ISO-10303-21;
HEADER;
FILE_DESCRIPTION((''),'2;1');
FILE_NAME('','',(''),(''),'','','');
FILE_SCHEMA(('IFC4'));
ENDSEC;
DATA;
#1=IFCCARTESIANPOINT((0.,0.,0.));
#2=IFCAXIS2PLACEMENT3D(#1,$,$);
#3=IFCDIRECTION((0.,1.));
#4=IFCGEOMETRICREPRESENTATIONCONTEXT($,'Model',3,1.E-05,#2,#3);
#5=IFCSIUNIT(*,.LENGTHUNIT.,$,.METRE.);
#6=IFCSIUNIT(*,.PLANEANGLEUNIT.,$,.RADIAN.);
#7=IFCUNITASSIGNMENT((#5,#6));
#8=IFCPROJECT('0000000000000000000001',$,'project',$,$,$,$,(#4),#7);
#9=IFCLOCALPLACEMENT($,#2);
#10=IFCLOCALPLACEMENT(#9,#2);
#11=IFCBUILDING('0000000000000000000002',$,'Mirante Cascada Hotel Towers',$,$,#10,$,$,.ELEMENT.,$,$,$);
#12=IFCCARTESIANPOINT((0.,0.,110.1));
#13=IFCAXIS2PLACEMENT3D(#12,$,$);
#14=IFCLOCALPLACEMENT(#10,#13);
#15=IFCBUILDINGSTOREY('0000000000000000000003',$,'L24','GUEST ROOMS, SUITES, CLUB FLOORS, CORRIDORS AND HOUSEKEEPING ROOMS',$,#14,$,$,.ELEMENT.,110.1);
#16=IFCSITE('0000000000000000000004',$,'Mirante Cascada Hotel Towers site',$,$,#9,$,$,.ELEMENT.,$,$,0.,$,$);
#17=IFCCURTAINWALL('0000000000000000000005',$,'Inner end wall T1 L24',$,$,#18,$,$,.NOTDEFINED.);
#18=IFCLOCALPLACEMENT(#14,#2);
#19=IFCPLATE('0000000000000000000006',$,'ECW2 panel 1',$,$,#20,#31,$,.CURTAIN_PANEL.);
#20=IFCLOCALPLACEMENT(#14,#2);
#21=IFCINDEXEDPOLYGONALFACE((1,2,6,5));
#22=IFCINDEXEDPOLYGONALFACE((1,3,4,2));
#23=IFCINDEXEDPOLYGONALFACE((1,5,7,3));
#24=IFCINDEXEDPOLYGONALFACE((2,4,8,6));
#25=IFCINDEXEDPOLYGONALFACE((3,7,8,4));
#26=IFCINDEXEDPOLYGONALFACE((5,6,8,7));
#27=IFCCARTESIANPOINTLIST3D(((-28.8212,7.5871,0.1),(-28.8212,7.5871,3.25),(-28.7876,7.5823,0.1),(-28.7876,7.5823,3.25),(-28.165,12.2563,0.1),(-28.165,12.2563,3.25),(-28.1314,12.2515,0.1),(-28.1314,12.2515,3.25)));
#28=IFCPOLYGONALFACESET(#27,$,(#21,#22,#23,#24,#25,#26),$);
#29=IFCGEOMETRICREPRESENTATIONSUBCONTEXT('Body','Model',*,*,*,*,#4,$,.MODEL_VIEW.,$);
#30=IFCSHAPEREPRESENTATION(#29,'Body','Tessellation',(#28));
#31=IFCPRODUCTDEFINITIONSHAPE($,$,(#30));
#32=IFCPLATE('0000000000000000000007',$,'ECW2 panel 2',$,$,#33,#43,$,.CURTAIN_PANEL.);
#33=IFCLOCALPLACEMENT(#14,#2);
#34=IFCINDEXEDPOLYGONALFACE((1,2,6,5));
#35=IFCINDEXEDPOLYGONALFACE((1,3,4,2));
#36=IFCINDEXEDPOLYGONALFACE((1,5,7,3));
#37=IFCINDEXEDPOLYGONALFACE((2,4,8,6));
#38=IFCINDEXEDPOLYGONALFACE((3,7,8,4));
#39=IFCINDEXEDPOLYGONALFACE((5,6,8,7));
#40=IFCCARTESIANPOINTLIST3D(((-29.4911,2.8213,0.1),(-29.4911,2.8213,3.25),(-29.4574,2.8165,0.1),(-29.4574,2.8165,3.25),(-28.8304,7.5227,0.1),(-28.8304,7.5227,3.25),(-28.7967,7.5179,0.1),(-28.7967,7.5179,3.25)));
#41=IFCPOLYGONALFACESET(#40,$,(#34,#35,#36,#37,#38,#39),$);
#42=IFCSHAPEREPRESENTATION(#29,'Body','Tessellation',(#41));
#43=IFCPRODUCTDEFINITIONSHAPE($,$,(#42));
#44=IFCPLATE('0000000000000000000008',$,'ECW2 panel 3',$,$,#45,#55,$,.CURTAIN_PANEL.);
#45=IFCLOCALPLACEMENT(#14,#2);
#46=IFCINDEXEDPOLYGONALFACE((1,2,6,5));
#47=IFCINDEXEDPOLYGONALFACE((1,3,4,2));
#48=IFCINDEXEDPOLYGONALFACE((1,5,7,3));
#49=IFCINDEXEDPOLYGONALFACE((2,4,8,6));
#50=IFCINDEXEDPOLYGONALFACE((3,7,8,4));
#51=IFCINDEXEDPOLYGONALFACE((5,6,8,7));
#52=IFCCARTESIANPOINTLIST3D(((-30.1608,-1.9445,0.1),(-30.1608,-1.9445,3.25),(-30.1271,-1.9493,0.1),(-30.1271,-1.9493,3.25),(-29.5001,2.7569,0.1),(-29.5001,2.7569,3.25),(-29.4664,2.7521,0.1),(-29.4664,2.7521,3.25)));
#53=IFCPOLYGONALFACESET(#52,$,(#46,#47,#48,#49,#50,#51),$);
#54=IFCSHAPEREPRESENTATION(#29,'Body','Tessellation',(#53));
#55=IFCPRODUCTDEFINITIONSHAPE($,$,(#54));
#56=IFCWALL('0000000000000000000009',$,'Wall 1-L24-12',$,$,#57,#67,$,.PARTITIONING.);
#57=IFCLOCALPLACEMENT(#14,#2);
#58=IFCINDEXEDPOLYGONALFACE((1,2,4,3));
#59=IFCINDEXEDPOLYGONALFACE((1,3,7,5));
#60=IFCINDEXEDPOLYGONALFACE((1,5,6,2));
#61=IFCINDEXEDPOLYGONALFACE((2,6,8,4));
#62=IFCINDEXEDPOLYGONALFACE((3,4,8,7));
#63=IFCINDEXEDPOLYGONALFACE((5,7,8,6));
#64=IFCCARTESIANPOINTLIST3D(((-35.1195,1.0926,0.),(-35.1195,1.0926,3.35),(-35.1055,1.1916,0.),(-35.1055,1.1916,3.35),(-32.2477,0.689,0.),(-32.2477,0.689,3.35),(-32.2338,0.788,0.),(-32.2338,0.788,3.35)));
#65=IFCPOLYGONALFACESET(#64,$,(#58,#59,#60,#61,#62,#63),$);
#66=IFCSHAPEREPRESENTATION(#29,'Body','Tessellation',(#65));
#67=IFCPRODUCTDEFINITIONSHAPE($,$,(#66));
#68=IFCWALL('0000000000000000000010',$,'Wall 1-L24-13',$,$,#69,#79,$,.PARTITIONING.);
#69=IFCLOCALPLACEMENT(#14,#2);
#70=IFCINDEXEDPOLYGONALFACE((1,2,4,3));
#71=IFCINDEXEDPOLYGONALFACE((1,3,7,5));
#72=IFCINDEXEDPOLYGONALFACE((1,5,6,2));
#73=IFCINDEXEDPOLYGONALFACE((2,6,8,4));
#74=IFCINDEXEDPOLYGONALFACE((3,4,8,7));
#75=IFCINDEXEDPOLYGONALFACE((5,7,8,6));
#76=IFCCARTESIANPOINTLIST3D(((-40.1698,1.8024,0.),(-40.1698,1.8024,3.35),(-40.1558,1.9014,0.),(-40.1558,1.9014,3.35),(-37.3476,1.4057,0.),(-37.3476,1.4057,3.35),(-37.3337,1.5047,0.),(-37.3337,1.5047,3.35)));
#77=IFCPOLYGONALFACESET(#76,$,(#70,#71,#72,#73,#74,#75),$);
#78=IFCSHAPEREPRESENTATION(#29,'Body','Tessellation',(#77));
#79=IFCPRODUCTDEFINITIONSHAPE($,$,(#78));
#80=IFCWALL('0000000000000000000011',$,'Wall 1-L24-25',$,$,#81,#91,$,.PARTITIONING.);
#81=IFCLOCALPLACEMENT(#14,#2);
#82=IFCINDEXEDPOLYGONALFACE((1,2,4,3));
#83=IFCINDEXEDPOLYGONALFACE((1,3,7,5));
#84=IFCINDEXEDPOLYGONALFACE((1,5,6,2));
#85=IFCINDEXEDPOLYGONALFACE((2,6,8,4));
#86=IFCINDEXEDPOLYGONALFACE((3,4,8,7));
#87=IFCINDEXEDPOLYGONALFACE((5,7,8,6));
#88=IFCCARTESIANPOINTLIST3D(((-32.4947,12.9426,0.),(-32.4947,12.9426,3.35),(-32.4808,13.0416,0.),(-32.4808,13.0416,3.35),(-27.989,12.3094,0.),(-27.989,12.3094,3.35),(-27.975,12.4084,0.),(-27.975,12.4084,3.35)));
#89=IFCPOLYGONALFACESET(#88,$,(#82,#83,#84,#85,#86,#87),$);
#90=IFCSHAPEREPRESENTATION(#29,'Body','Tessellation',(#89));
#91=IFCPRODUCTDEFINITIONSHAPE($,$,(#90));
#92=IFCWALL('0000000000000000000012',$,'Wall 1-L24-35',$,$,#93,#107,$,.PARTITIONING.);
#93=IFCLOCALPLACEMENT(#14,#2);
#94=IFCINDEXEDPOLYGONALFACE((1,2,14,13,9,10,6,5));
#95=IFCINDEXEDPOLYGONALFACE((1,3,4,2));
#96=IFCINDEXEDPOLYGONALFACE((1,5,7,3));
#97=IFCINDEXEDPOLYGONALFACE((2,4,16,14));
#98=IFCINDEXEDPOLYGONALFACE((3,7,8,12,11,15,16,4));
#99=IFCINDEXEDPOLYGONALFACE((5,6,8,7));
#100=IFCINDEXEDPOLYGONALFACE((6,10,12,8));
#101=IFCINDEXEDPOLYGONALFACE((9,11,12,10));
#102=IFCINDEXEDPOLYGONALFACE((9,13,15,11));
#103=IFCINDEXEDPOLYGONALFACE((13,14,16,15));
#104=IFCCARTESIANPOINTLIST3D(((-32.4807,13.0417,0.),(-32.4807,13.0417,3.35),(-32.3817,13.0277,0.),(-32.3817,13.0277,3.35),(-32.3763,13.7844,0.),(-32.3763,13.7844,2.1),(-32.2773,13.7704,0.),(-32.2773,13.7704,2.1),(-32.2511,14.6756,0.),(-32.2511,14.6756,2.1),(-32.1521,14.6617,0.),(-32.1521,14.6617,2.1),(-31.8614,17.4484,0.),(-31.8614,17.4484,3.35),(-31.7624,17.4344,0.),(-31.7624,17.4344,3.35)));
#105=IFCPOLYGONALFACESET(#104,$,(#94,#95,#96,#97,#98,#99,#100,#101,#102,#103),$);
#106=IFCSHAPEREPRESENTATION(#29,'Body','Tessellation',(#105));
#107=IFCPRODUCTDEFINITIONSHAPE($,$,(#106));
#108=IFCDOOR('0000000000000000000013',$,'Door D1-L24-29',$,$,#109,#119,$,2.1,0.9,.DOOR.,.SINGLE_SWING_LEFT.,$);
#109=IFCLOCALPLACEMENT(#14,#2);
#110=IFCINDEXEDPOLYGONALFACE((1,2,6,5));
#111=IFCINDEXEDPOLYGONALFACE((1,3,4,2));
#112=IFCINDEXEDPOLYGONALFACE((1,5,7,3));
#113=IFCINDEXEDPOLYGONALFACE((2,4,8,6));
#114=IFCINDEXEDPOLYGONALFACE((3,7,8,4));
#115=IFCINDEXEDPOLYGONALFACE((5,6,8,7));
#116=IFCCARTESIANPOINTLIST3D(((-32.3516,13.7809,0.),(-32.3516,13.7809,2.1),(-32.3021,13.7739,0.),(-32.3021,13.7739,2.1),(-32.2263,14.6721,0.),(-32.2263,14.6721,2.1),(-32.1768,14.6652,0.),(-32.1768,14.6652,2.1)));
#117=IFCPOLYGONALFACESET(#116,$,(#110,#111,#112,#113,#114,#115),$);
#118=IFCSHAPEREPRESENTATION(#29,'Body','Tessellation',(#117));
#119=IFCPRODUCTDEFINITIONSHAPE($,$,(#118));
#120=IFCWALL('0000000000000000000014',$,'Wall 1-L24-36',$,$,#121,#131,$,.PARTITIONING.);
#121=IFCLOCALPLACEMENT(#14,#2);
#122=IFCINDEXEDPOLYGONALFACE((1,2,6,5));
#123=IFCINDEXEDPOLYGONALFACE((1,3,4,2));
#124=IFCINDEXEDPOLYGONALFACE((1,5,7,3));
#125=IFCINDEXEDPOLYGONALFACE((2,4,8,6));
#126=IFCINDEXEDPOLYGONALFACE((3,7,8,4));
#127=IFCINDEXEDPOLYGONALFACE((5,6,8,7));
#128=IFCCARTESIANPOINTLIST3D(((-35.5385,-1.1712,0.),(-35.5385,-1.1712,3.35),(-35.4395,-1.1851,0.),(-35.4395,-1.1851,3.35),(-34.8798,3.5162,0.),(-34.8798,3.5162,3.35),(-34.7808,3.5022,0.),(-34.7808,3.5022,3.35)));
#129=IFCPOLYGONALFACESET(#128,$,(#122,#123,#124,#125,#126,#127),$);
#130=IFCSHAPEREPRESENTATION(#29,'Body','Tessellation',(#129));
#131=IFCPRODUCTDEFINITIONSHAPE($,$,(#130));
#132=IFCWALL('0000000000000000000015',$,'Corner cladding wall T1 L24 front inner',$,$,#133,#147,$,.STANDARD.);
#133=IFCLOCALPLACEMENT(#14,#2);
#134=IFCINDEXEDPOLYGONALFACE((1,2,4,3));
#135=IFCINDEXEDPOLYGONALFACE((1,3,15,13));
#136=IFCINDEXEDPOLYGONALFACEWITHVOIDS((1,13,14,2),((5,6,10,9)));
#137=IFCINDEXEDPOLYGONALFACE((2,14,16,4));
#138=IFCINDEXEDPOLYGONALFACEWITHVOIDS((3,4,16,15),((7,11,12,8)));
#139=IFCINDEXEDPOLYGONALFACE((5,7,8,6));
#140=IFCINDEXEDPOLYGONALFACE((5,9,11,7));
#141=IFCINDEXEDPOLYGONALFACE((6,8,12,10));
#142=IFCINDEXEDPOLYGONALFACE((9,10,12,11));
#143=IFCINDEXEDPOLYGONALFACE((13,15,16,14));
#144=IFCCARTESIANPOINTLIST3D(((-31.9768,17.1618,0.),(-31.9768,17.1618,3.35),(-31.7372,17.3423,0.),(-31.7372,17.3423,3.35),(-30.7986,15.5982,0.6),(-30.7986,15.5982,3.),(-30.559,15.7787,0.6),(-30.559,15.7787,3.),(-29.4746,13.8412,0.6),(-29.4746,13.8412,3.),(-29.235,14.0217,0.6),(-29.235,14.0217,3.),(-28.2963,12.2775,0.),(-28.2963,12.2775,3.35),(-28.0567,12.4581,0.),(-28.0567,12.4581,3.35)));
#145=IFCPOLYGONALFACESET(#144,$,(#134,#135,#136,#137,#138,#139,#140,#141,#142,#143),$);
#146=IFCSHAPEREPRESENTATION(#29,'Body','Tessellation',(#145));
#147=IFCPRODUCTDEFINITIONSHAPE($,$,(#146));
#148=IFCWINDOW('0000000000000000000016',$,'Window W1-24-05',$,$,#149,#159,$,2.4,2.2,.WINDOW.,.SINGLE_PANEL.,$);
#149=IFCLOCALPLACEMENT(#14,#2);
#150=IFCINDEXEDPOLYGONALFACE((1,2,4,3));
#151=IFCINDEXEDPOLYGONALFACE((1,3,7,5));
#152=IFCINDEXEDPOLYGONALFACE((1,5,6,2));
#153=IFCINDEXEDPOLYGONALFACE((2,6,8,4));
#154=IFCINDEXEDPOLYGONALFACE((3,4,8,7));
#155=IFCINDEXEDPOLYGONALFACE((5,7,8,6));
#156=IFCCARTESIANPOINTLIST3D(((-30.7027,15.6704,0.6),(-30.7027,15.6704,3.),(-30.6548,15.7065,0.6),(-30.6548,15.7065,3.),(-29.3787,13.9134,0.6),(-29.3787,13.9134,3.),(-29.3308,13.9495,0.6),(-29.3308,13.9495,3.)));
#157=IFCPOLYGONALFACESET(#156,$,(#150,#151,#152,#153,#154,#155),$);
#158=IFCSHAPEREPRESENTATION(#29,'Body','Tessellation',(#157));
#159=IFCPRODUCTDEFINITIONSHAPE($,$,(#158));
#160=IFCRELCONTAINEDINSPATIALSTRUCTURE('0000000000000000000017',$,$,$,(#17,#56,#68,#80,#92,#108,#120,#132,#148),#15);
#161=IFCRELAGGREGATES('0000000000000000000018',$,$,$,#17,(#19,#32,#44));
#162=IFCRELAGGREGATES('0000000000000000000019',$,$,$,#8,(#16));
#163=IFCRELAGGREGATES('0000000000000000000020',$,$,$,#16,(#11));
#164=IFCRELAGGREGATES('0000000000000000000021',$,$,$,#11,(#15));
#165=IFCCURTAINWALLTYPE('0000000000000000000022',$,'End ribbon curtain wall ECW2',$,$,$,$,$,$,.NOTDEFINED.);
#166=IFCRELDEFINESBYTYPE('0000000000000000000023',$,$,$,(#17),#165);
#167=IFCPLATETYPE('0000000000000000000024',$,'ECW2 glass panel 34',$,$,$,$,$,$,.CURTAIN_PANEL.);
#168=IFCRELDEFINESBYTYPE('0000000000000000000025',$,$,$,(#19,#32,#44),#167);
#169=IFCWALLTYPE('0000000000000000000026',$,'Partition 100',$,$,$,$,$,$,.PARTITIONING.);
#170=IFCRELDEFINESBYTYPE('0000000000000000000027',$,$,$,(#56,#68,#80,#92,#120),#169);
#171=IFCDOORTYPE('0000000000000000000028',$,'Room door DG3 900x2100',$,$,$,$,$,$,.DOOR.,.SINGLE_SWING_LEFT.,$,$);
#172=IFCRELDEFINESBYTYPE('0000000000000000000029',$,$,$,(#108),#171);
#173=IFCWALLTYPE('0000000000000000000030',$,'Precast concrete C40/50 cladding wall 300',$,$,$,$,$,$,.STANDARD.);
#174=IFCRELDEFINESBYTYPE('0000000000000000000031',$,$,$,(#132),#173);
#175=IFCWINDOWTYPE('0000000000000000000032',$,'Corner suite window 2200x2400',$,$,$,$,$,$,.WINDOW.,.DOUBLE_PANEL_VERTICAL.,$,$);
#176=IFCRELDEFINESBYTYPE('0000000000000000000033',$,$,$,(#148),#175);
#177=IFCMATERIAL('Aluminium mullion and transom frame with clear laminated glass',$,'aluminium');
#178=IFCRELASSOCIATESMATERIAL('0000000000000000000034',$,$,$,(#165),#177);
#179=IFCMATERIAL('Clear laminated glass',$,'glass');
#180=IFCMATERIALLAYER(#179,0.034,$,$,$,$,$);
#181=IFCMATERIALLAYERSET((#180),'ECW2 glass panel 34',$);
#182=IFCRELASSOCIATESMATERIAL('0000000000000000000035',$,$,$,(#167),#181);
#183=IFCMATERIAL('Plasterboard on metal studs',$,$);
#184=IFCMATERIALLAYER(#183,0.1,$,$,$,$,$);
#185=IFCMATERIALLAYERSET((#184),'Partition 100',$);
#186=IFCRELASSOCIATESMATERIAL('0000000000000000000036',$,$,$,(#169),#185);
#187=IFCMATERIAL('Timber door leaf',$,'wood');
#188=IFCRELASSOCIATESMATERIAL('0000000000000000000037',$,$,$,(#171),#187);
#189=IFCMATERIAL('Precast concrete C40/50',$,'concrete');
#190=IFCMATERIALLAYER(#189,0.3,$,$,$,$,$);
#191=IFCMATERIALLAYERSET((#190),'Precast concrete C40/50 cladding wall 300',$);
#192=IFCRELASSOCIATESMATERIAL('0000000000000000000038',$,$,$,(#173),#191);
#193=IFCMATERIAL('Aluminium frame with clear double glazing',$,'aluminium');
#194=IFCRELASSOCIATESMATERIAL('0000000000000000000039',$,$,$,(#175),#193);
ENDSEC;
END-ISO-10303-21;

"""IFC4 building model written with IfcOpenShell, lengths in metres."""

from ifc_helpers import new_model, si_unit, direction, frame, frame_2d, origin, origin_2d, place, context, subcontext, project, spatial, rectangle, extrude, material, layer, layer_set, type_object, element, fill, aggregate, save


model = new_model("IFC4")

# Units and contexts
model_context = context("Model", 3, precision=1e-05, world=origin(), true_north=direction((0.0, 1.0)))
body_context = subcontext(model_context, "Body", "Model", "MODEL_VIEW")
ifc_project = project(units=[si_unit("LENGTHUNIT", "METRE"), si_unit("PLANEANGLEUNIT", "RADIAN")], contexts=[model_context])

# Site, building, storey
site_placement = place(None, origin())
site = spatial("IfcSite", under=ifc_project, at=site_placement, Name="Mirante Cascada Hotel Towers site", CompositionType="ELEMENT", RefElevation=0.0)
building_placement = place(site_placement, origin())
building = spatial("IfcBuilding", under=site, at=building_placement, Name="Mirante Cascada Hotel Towers", CompositionType="ELEMENT")
storey_placement = place(building_placement, frame((0.0, 0.0, 110.1)))
storey = spatial("IfcBuildingStorey", under=building, at=storey_placement, Name="L24", Description="GUEST ROOMS, SUITES, CLUB FLOORS, CORRIDORS AND HOUSEKEEPING ROOMS", CompositionType="ELEMENT", Elevation=110.1)

# Curtain wall
ifc_material_1 = material(Name="Aluminium mullion and transom frame with clear laminated glass", Category="aluminium")
curtain_wall_type_1 = type_object("IfcCurtainWallType", Name="End ribbon curtain wall ECW2", PredefinedType="NOTDEFINED", material=ifc_material_1)
curtain_wall_1_placement = place(storey_placement, origin())
curtain_wall_1 = element("IfcCurtainWall", 1, at=curtain_wall_1_placement, inside=storey, type_object=curtain_wall_type_1, Name="Inner end wall T1 L24", PredefinedType="NOTDEFINED")

# Plates
ifc_material_2 = material(Name="Clear laminated glass", Category="glass")
ifc_layer_1 = layer(ifc_material_2, 0.034)
ifc_layer_set_1 = layer_set([ifc_layer_1], Name="ECW2 glass panel 34")
plate_type_1 = type_object("IfcPlateType", Name="ECW2 glass panel 34", PredefinedType="CURTAIN_PANEL", material=ifc_layer_set_1)
plate_1_placement = place(storey_placement, frame((-28.4763, 9.9193, 0.1), z_axis=(0.0, 0.0, 1.0), x_axis=(-0.139173, -0.990268, 0.0)))
plate_1 = element("IfcPlate", 2, at=plate_1_placement, type_object=plate_type_1, Name="ECW2 panel 1", PredefinedType="CURTAIN_PANEL", context=body_context, shape_type="SweptSolid", body=[
    extrude(rectangle(XDim=4.7151, YDim=0.034, at=origin_2d()), origin(), (0.0, 0.0, 1.0), 3.15),
])
plate_2_placement = place(storey_placement, frame((-29.1439, 5.1696, 0.1), z_axis=(0.0, 0.0, 1.0), x_axis=(-0.139173, -0.990268, 0.0)))
plate_2 = element("IfcPlate", 3, at=plate_2_placement, type_object=plate_type_1, Name="ECW2 panel 2", PredefinedType="CURTAIN_PANEL", context=body_context, shape_type="SweptSolid", body=[
    extrude(rectangle(XDim=4.7476, YDim=0.034, at=origin_2d()), origin(), (0.0, 0.0, 1.0), 3.15),
])
plate_3_placement = place(storey_placement, frame((-29.8136, 0.4038, 0.1), z_axis=(0.0, 0.0, 1.0), x_axis=(-0.139173, -0.990268, 0.0)))
plate_3 = element("IfcPlate", 4, at=plate_3_placement, type_object=plate_type_1, Name="ECW2 panel 3", PredefinedType="CURTAIN_PANEL", context=body_context, shape_type="SweptSolid", body=[
    extrude(rectangle(XDim=4.7476, YDim=0.034, at=origin_2d()), origin(), (0.0, 0.0, 1.0), 3.15),
])
aggregate(curtain_wall_1, [plate_1, plate_2, plate_3])

# Walls
ifc_material_3 = material(Name="Plasterboard on metal studs")
ifc_layer_2 = layer(ifc_material_3, 0.1)
ifc_layer_set_2 = layer_set([ifc_layer_2], Name="Partition 100")
wall_type_1 = type_object("IfcWallType", Name="Partition 100", PredefinedType="PARTITIONING", material=ifc_layer_set_2)
wall_1_placement = place(storey_placement, frame((-35.1125, 1.1421, 0.0), z_axis=(0.0, 0.0, 1.0), x_axis=(0.990268, -0.139171, 0.0)))
element("IfcWall", 5, at=wall_1_placement, inside=storey, type_object=wall_type_1, Name="Wall 1-L24-12", PredefinedType="PARTITIONING", context=body_context, shape_type="SweptSolid", body=[
    extrude(rectangle(XDim=2.9, YDim=0.1, at=frame_2d((1.45, 0.0))), origin(), (0.0, 0.0, 1.0), 3.35),
])
wall_2_placement = place(storey_placement, frame((-37.3406, 1.4552, 0.0), z_axis=(0.0, 0.0, 1.0), x_axis=(-0.990265, 0.139196, 0.0)))
element("IfcWall", 6, at=wall_2_placement, inside=storey, type_object=wall_type_1, Name="Wall 1-L24-13", PredefinedType="PARTITIONING", context=body_context, shape_type="SweptSolid", body=[
    extrude(rectangle(XDim=2.8499, YDim=0.1, at=frame_2d((1.425, 0.0))), origin(), (0.0, 0.0, 1.0), 3.35),
])
wall_3_placement = place(storey_placement, frame((-27.982, 12.3589, 0.0), z_axis=(0.0, 0.0, 1.0), x_axis=(-0.990269, 0.139166, 0.0)))
element("IfcWall", 7, at=wall_3_placement, inside=storey, type_object=wall_type_1, Name="Wall 1-L24-25", PredefinedType="PARTITIONING", context=body_context, shape_type="SweptSolid", body=[
    extrude(rectangle(XDim=4.55, YDim=0.1, at=frame_2d((2.275, 0.0))), origin(), (0.0, 0.0, 1.0), 3.35),
])

# Wall, opening, door
wall_4_placement = place(storey_placement, frame((-32.4312, 13.0347, 0.0), z_axis=(0.0, 0.0, 1.0), x_axis=(0.139168, 0.990269, 0.0)))
wall_4 = element("IfcWall", 8, at=wall_4_placement, inside=storey, type_object=wall_type_1, Name="Wall 1-L24-35", PredefinedType="PARTITIONING", context=body_context, shape_type="SweptSolid", body=[
    extrude(rectangle(XDim=4.45, YDim=0.1, at=frame_2d((2.225, 0.0))), origin(), (0.0, 0.0, 1.0), 3.35),
])
opening_1_placement = place(wall_4_placement, frame((0.75, 0.0, 0.0)))
opening_1 = element("IfcOpeningElement", 9, at=opening_1_placement, cuts=wall_4, PredefinedType="OPENING", context=body_context, shape_type="SweptSolid", body=[
    extrude(rectangle(XDim=0.9, YDim=2.1, at=frame_2d((0.45, 1.05))), frame((0.0, 0.05, 0.0), z_axis=(0.0, -1.0, 0.0), x_axis=(1.0, 0.0, 0.0)), (0.0, 0.0, 1.0), 0.1),
])
ifc_material_4 = material(Name="Timber door leaf", Category="wood")
door_type = type_object("IfcDoorType", Name="Room door DG3 900x2100", OperationType="SINGLE_SWING_LEFT", PredefinedType="DOOR", material=ifc_material_4)
door_placement = place(opening_1_placement, origin())
door = element("IfcDoor", 10, at=door_placement, inside=storey, type_object=door_type, Name="Door D1-L24-29", OperationType="SINGLE_SWING_LEFT", OverallHeight=2.1, OverallWidth=0.9, PredefinedType="DOOR", context=body_context, shape_type="SweptSolid", body=[
    extrude(rectangle(XDim=0.9, YDim=2.1, at=frame_2d((0.45, 1.05))), frame((0.0, 0.025, 0.0), z_axis=(0.0, -1.0, 0.0), x_axis=(1.0, 0.0, 0.0)), (0.0, 0.0, 1.0), 0.05),
])
fill(opening_1, door)

# Wall
wall_5_placement = place(storey_placement, frame((-34.8303, 3.5092, 0.0), z_axis=(0.0, 0.0, 1.0), x_axis=(-0.139161, -0.99027, 0.0)))
element("IfcWall", 11, at=wall_5_placement, inside=storey, type_object=wall_type_1, Name="Wall 1-L24-36", PredefinedType="PARTITIONING", context=body_context, shape_type="SweptSolid", body=[
    extrude(rectangle(XDim=4.7334, YDim=0.1, at=frame_2d((2.3667, 0.0))), origin(), (0.0, 0.0, 1.0), 3.35),
])

# Wall, opening, window
ifc_material_5 = material(Name="Precast concrete C40/50", Category="concrete")
ifc_layer_3 = layer(ifc_material_5, 0.3)
ifc_layer_set_3 = layer_set([ifc_layer_3], Name="Precast concrete C40/50 cladding wall 300")
wall_type_2 = type_object("IfcWallType", Name="Precast concrete C40/50 cladding wall 300", PredefinedType="STANDARD", material=ifc_layer_set_3)
wall_6_placement = place(storey_placement, frame((-31.857, 17.252, 0.0), z_axis=(0.0, 0.0, 1.0), x_axis=(0.601814, -0.798636, 0.0)))
wall_6 = element("IfcWall", 12, at=wall_6_placement, inside=storey, type_object=wall_type_2, Name="Corner cladding wall T1 L24 front inner", PredefinedType="STANDARD", context=body_context, shape_type="SweptSolid", body=[
    extrude(rectangle(XDim=6.1157, YDim=0.3, at=frame_2d((3.0578, 0.0))), origin(), (0.0, 0.0, 1.0), 3.35),
])
opening_2_placement = place(wall_6_placement, frame((1.9578, 0.0, 0.6)))
opening_2 = element("IfcOpeningElement", 13, at=opening_2_placement, cuts=wall_6, PredefinedType="OPENING", context=body_context, shape_type="SweptSolid", body=[
    extrude(rectangle(XDim=2.2, YDim=2.4, at=frame_2d((1.1, 1.2))), frame((0.0, 0.15, 0.0), z_axis=(0.0, -1.0, 0.0), x_axis=(1.0, 0.0, 0.0)), (0.0, 0.0, 1.0), 0.3),
])
ifc_material_6 = material(Name="Aluminium frame with clear double glazing", Category="aluminium")
window_type = type_object("IfcWindowType", Name="Corner suite window 2200x2400", PartitioningType="DOUBLE_PANEL_VERTICAL", PredefinedType="WINDOW", material=ifc_material_6)
window_placement = place(opening_2_placement, origin())
window = element("IfcWindow", 14, at=window_placement, inside=storey, type_object=window_type, Name="Window W1-24-05", OverallHeight=2.4, OverallWidth=2.2, PartitioningType="SINGLE_PANEL", PredefinedType="WINDOW", context=body_context, shape_type="SweptSolid", body=[
    extrude(rectangle(XDim=2.2, YDim=2.4, at=frame_2d((1.1, 1.2))), frame((0.0, 0.03, 0.0), z_axis=(0.0, -1.0, 0.0), x_axis=(1.0, 0.0, 0.0)), (0.0, 0.0, 1.0), 0.06),
])
fill(opening_2, window)

save(model, "model.ifc")
